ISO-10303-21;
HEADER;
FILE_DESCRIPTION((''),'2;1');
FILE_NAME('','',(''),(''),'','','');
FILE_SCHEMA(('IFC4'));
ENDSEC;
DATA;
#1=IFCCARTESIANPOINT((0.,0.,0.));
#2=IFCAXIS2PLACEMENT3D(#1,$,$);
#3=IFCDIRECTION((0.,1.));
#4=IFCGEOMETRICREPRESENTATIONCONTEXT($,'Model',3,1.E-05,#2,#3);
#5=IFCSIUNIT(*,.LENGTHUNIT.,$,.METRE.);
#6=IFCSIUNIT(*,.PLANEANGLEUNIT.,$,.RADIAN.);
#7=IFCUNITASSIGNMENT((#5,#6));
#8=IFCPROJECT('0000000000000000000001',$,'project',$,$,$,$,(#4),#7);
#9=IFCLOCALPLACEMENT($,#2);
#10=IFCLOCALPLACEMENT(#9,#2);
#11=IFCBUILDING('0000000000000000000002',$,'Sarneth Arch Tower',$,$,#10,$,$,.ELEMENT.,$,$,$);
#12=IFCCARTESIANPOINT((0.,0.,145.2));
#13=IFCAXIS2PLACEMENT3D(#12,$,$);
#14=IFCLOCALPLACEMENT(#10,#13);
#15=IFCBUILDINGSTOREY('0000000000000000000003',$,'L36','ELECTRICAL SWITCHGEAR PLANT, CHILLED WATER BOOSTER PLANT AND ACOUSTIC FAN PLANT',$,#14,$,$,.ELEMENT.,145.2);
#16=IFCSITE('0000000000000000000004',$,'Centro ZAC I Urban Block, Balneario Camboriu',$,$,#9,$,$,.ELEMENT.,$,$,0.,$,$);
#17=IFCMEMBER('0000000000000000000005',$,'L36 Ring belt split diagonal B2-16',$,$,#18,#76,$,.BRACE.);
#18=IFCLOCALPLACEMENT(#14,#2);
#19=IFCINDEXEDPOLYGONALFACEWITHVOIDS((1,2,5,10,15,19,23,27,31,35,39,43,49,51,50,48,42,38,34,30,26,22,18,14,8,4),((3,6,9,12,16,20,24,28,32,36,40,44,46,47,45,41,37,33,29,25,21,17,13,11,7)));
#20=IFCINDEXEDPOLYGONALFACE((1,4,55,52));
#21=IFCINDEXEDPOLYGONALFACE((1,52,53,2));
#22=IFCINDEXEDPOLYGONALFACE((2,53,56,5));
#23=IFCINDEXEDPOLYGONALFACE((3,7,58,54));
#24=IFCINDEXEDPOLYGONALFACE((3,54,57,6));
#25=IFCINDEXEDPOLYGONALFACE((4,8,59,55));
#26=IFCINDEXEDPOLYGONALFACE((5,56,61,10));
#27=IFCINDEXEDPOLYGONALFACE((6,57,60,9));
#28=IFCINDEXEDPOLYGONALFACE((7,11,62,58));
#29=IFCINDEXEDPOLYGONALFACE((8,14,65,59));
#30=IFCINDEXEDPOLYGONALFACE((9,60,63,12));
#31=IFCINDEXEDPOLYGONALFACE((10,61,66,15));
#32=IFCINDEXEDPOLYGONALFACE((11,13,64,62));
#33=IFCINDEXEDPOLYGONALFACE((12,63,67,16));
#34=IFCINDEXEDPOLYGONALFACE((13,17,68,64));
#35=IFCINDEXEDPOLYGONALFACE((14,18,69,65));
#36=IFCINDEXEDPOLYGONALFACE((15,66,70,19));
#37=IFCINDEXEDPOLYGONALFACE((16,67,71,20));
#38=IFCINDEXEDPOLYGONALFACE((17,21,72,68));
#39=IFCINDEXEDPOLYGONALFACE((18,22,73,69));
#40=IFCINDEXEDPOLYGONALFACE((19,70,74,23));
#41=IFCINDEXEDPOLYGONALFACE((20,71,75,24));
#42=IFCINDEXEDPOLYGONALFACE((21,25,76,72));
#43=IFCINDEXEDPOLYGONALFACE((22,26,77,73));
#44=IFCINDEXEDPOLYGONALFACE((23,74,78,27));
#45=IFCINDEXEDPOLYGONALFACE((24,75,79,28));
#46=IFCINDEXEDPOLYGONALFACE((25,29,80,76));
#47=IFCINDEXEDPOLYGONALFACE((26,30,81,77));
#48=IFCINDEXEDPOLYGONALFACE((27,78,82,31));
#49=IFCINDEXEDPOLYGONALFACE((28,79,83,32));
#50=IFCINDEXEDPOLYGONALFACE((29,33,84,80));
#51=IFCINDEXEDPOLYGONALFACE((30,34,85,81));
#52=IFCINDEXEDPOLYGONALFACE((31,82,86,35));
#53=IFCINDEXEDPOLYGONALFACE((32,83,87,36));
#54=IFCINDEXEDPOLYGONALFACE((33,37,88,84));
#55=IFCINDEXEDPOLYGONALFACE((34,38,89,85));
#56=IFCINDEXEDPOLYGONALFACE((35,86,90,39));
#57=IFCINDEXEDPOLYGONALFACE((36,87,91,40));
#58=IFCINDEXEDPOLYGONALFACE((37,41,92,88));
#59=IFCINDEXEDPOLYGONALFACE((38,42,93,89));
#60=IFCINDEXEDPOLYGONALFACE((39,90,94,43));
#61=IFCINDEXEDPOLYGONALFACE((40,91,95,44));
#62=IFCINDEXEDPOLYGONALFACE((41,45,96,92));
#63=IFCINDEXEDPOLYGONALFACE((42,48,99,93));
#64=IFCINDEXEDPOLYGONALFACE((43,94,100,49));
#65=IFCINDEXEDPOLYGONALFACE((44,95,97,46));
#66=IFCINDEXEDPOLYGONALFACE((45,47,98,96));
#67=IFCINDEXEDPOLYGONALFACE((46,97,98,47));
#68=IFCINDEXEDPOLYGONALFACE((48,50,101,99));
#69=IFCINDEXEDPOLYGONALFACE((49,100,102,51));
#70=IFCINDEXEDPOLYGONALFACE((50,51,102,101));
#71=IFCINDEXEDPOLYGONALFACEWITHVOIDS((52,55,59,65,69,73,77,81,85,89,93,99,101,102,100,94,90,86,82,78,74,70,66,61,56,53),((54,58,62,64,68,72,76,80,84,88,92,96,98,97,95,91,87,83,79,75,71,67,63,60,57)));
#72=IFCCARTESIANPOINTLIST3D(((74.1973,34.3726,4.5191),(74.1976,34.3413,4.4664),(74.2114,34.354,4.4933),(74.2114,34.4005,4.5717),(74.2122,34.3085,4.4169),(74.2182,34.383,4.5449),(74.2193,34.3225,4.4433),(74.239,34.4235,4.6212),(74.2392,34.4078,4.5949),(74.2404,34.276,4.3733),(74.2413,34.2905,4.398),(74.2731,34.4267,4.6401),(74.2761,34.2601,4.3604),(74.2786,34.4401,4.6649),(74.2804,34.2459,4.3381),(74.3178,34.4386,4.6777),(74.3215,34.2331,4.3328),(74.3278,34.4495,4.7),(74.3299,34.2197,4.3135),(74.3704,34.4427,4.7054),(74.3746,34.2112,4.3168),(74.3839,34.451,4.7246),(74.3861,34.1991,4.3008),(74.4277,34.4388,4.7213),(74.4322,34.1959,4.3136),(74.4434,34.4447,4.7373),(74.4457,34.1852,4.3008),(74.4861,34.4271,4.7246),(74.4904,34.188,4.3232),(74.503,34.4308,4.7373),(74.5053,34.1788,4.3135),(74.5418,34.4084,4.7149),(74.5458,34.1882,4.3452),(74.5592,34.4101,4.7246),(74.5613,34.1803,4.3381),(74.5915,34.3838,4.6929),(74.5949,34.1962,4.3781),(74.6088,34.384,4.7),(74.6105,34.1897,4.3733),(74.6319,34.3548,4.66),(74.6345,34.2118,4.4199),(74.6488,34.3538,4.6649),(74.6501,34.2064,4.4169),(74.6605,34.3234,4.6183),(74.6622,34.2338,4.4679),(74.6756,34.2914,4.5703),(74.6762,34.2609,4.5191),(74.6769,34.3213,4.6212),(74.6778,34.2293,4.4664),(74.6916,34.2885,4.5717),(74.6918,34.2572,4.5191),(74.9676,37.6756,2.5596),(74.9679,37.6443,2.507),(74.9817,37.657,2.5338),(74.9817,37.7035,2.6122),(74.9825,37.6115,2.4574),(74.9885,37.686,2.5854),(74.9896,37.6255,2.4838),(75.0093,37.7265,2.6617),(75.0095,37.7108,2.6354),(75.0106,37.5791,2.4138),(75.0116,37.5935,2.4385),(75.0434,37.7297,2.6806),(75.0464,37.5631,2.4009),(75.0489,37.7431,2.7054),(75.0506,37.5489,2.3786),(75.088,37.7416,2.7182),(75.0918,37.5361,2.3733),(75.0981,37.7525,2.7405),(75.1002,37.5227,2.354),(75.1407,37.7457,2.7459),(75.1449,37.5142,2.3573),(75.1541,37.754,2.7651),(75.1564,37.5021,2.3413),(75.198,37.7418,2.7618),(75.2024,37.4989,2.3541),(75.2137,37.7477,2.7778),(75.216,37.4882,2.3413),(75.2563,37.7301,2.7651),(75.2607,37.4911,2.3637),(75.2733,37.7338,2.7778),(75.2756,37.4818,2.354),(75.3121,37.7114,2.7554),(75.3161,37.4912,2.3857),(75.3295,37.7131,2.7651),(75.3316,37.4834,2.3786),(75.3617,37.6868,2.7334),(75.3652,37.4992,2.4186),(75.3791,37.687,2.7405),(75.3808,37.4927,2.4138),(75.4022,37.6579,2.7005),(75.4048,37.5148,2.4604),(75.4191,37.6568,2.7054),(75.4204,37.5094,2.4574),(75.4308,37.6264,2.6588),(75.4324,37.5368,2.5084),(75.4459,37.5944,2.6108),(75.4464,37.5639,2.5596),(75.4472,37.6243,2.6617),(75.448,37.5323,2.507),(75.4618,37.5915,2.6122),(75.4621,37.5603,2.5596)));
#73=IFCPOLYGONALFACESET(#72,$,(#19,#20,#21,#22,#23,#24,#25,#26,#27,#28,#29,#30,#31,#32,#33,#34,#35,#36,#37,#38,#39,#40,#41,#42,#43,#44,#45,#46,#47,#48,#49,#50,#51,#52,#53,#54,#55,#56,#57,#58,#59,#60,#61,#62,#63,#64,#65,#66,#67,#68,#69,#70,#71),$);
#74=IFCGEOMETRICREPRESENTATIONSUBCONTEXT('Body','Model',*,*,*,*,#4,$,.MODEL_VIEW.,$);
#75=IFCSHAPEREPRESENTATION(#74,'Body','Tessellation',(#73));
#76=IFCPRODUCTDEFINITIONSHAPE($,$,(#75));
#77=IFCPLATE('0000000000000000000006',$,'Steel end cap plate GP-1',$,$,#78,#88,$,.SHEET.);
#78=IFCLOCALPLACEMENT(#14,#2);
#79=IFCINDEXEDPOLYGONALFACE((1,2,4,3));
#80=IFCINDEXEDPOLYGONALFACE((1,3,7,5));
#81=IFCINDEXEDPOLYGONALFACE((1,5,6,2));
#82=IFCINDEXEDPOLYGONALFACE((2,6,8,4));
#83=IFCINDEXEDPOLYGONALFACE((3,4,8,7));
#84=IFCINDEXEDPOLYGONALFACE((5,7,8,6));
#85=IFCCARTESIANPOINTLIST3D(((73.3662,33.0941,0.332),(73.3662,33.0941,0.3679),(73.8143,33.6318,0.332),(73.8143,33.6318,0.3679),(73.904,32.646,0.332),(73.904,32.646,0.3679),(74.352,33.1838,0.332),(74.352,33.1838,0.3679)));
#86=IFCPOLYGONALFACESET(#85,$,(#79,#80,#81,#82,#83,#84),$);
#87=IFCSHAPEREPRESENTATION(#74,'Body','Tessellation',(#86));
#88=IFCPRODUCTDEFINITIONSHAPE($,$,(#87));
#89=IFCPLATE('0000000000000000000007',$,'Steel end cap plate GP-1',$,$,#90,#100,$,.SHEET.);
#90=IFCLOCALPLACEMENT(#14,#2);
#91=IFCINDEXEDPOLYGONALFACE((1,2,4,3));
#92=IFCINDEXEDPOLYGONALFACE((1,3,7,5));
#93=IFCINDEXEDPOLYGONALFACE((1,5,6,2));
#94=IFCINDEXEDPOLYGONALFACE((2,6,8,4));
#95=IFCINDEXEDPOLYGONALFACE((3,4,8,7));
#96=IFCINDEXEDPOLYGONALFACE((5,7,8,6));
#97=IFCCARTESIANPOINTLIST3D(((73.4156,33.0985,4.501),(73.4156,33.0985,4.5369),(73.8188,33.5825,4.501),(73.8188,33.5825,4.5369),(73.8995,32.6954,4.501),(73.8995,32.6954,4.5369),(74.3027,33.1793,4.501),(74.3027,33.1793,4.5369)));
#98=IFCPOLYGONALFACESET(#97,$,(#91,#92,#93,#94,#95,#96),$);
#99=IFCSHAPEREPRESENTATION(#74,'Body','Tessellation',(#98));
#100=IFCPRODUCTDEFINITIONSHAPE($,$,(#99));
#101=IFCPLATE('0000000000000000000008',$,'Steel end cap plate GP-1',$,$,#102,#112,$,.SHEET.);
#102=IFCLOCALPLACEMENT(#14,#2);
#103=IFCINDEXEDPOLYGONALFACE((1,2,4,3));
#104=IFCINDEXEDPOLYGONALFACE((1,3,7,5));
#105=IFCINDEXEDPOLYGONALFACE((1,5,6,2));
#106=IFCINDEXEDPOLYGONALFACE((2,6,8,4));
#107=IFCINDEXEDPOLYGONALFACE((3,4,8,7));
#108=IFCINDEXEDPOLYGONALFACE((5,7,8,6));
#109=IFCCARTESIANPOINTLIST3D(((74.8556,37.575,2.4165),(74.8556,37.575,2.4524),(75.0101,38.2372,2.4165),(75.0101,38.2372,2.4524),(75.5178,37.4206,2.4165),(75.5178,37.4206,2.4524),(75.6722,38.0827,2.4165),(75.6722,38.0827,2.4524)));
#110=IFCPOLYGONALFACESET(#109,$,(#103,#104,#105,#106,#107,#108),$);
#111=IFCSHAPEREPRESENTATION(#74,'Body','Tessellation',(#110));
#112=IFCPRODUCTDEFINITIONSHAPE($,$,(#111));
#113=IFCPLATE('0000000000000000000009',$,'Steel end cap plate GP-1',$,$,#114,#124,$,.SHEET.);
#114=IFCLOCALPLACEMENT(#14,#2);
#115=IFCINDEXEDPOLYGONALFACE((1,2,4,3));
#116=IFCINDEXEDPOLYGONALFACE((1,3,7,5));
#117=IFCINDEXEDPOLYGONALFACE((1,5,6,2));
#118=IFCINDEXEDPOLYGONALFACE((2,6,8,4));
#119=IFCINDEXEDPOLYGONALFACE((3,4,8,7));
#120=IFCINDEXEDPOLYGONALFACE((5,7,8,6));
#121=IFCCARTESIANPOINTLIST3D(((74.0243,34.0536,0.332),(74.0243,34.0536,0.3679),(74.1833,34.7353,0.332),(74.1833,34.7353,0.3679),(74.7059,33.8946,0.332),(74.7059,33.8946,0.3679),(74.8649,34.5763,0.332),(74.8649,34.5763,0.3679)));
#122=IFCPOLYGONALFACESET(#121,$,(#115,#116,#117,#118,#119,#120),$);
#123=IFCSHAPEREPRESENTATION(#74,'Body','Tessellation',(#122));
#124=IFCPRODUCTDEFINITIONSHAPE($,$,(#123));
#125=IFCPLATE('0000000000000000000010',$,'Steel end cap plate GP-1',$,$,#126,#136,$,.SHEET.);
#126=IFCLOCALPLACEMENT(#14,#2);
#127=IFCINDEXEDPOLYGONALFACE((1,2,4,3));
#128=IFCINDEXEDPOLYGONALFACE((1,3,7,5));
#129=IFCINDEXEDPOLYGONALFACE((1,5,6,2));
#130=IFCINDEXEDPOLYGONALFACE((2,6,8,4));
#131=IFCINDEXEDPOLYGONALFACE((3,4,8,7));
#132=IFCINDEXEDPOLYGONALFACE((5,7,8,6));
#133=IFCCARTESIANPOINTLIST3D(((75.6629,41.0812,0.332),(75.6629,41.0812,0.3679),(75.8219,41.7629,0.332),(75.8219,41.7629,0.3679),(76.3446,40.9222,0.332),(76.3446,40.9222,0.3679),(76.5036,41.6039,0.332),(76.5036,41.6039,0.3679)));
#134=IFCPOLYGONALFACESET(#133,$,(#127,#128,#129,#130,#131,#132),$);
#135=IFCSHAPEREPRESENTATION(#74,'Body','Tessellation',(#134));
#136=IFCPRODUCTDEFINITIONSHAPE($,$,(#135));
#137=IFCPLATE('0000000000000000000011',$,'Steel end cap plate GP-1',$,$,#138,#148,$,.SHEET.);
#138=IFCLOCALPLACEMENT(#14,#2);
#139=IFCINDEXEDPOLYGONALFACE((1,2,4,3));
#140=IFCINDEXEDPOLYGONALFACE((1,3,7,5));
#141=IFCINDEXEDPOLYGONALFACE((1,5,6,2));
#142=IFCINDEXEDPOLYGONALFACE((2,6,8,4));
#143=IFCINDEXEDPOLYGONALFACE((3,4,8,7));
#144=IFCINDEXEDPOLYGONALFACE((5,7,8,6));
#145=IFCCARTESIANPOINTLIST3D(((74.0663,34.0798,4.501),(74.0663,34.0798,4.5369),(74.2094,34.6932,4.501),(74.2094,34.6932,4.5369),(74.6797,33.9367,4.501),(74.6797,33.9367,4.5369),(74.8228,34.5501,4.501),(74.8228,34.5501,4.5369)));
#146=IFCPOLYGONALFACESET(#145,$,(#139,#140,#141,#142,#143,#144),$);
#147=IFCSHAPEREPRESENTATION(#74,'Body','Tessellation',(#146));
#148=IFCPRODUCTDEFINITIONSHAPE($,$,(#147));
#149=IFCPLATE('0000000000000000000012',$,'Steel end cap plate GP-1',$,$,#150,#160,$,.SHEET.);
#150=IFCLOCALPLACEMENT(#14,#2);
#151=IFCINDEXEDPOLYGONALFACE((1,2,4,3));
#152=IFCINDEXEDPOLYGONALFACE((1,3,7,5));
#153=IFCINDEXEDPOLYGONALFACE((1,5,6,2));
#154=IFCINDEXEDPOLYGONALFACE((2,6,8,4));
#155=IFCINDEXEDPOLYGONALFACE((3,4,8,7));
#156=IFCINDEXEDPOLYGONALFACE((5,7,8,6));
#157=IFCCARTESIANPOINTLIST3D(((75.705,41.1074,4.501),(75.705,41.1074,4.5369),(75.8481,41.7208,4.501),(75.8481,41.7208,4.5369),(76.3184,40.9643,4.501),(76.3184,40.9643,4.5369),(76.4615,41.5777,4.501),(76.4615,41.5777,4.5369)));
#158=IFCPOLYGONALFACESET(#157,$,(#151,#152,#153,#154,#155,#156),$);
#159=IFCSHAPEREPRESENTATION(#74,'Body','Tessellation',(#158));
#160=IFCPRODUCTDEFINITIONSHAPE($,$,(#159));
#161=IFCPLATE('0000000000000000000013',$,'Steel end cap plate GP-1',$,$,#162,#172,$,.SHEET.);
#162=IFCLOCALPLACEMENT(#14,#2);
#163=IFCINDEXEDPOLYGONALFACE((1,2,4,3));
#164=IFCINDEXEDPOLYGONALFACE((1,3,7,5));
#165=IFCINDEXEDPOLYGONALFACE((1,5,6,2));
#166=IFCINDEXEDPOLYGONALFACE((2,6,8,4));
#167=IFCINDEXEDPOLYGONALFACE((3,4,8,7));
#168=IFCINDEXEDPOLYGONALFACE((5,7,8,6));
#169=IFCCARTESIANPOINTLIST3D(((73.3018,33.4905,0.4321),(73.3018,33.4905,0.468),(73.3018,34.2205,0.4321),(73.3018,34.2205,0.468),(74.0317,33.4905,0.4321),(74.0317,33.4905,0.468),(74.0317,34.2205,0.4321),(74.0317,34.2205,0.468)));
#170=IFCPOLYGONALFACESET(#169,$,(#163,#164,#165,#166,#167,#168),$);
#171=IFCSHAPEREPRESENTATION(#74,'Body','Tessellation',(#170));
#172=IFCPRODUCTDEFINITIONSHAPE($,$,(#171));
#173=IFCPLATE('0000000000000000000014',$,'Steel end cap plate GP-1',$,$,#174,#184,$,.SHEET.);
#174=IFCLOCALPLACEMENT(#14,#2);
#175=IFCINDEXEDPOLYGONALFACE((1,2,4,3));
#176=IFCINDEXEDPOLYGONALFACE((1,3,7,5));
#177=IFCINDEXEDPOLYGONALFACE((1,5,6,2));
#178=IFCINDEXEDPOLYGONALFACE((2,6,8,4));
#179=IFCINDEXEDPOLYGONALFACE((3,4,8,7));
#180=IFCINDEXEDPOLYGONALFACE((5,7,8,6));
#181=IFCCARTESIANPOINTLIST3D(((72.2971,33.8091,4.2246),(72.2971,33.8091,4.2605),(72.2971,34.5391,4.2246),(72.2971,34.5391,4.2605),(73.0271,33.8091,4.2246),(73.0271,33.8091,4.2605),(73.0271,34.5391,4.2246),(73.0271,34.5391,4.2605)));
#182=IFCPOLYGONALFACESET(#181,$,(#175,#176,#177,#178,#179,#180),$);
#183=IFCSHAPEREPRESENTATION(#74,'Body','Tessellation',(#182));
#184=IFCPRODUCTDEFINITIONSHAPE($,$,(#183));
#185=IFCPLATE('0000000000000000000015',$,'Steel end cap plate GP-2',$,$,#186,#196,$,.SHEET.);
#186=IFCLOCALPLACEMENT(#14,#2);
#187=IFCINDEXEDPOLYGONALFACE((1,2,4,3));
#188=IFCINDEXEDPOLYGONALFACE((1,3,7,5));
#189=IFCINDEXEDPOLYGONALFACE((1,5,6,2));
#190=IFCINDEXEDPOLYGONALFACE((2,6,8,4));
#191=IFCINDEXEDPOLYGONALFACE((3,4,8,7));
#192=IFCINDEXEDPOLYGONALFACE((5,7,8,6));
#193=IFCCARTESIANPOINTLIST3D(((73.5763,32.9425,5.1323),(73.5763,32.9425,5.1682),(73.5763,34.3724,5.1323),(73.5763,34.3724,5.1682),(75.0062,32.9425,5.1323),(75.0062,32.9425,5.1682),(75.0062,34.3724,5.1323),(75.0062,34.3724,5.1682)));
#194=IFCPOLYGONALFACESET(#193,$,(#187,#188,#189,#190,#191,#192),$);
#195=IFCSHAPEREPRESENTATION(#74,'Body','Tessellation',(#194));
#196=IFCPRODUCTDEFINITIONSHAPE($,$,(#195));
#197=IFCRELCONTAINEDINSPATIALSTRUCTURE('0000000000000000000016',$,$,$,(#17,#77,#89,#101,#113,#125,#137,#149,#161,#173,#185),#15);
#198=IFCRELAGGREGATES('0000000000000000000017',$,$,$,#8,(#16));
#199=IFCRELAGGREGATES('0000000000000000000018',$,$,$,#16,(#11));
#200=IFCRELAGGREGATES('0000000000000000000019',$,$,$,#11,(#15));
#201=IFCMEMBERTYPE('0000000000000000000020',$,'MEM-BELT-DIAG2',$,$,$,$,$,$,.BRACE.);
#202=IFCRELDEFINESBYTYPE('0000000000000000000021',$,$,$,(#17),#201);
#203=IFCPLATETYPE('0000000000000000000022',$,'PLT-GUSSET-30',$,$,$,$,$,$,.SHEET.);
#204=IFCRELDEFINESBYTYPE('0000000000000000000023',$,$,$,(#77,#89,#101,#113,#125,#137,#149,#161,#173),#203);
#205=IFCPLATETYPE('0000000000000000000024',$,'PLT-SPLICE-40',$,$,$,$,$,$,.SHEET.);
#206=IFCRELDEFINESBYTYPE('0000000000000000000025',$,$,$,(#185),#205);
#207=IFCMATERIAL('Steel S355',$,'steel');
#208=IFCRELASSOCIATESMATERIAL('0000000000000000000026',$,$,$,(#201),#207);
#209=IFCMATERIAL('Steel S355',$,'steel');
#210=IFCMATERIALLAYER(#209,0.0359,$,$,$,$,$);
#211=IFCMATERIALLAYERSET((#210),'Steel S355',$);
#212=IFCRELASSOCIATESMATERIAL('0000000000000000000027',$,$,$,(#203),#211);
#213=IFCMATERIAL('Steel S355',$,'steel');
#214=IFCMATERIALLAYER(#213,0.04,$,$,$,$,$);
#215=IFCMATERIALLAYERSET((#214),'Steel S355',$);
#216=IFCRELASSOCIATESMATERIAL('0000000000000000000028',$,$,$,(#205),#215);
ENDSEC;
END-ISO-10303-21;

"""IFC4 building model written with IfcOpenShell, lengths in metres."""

from ifc_helpers import new_model, si_unit, direction, frame, origin, origin_2d, place, context, subcontext, project, spatial, rectangle, hollow_circle, extrude, material, layer, layer_set, material_profile, profile_set, type_object, element, save


model = new_model("IFC4")

# Units and contexts
model_context = context("Model", 3, precision=1e-05, world=origin(), true_north=direction((0.0, 1.0)))
body_context = subcontext(model_context, "Body", "Model", "MODEL_VIEW")
ifc_project = project(units=[si_unit("LENGTHUNIT", "METRE"), si_unit("PLANEANGLEUNIT", "RADIAN")], contexts=[model_context])

# Site, building, storey
site_placement = place(None, origin())
site = spatial("IfcSite", under=ifc_project, at=site_placement, Name="Centro ZAC I Urban Block, Balneario Camboriu", CompositionType="ELEMENT", RefElevation=0.0)
building_placement = place(site_placement, origin())
building = spatial("IfcBuilding", under=site, at=building_placement, Name="Sarneth Arch Tower", CompositionType="ELEMENT")
storey_placement = place(building_placement, frame((0.0, 0.0, 145.2)))
storey = spatial("IfcBuildingStorey", under=building, at=storey_placement, Name="L36", Description="ELECTRICAL SWITCHGEAR PLANT, CHILLED WATER BOOSTER PLANT AND ACOUSTIC FAN PLANT", CompositionType="ELEMENT", Elevation=145.2)

# Member
ifc_material_1 = material(Name="Steel S355", Category="steel")
ifc_material_profile_1 = material_profile(ifc_material_1, hollow_circle(Radius=0.2539, WallThickness=0.0161, at=origin_2d()), Name="CHS508x16")
ifc_profile_set_1 = profile_set([ifc_material_profile_1], Name="Steel S355")
member_type_1 = type_object("IfcMemberType", Name="MEM-BELT-DIAG2", PredefinedType="BRACE", material=ifc_profile_set_1)
for number, where, z_axis, x_axis, name in (
    (1, (75.2148, 37.6179, 2.5596), (-0.196649, -0.843252, 0.500255), (0.973869, -0.227109, 0.0), "L36 Ring belt split diagonal B2-16"),
):
    element("IfcMember", number, at=place(storey_placement, frame(where, z_axis=z_axis, x_axis=x_axis)), inside=storey, type_object=member_type_1, Name=name, PredefinedType="BRACE", context=body_context, shape_type="SweptSolid", body=[
        extrude(hollow_circle(Radius=0.2539, WallThickness=0.0161, at=origin_2d()), origin(), (0.0, 0.0, 1.0), 3.917),
    ])

# Plates
ifc_material_2 = material(Name="Steel S355", Category="steel")
ifc_layer_1 = layer(ifc_material_2, 0.0359)
ifc_layer_set_1 = layer_set([ifc_layer_1], Name="Steel S355")
plate_type_1 = type_object("IfcPlateType", Name="PLT-GUSSET-30", PredefinedType="SHEET", material=ifc_layer_set_1)
plate_1_placement = place(storey_placement, frame((73.8591, 33.1389, 0.332), z_axis=(0.0, 0.0, 1.0), x_axis=(0.64011, 0.768284, 0.0)))
element("IfcPlate", 2, at=plate_1_placement, inside=storey, type_object=plate_type_1, Name="Steel end cap plate GP-1", PredefinedType="SHEET", context=body_context, shape_type="SweptSolid", body=[
    extrude(rectangle(XDim=0.7, YDim=0.7, at=origin_2d()), origin(), (0.0, 0.0, 1.0), 0.0359),
])
plate_2_placement = place(storey_placement, frame((73.8591, 33.1389, 4.501), z_axis=(0.0, 0.0, 1.0), x_axis=(0.64011, 0.768284, 0.0)))
element("IfcPlate", 3, at=plate_2_placement, inside=storey, type_object=plate_type_1, Name="Steel end cap plate GP-1", PredefinedType="SHEET", context=body_context, shape_type="SweptSolid", body=[
    extrude(rectangle(XDim=0.6299, YDim=0.6299, at=origin_2d()), origin(), (0.0, 0.0, 1.0), 0.0359),
])
plate_3_placement = place(storey_placement, frame((75.2639, 37.8289, 2.4165), z_axis=(0.0, 0.0, 1.0), x_axis=(0.227161, 0.973857, 0.0)))
element("IfcPlate", 4, at=plate_3_placement, inside=storey, type_object=plate_type_1, Name="Steel end cap plate GP-1", PredefinedType="SHEET", context=body_context, shape_type="SweptSolid", body=[
    extrude(rectangle(XDim=0.6799, YDim=0.6799, at=origin_2d()), origin(), (0.0, 0.0, 1.0), 0.0359),
])
for number, where, z_axis, x_axis, name in (
    (5, (74.4446, 34.3149, 0.332), (0.0, 0.0, 1.0), (-0.227161, -0.973857, 0.0), "Steel end cap plate GP-1"),
    (6, (76.0833, 41.3425, 0.332), (0.0, 0.0, 1.0), (0.227161, 0.973857, 0.0), "Steel end cap plate GP-1"),
):
    element("IfcPlate", number, at=place(storey_placement, frame(where, z_axis=z_axis, x_axis=x_axis)), inside=storey, type_object=plate_type_1, Name=name, PredefinedType="SHEET", context=body_context, shape_type="SweptSolid", body=[
        extrude(rectangle(XDim=0.7, YDim=0.7, at=origin_2d()), origin(), (0.0, 0.0, 1.0), 0.0359),
    ])
for number, where, z_axis, x_axis, name in (
    (7, (74.4446, 34.3149, 4.501), (0.0, 0.0, 1.0), (-0.227161, -0.973857, 0.0), "Steel end cap plate GP-1"),
    (8, (76.0833, 41.3425, 4.501), (0.0, 0.0, 1.0), (0.227161, 0.973857, 0.0), "Steel end cap plate GP-1"),
):
    element("IfcPlate", number, at=place(storey_placement, frame(where, z_axis=z_axis, x_axis=x_axis)), inside=storey, type_object=plate_type_1, Name=name, PredefinedType="SHEET", context=body_context, shape_type="SweptSolid", body=[
        extrude(rectangle(XDim=0.6299, YDim=0.6299, at=origin_2d()), origin(), (0.0, 0.0, 1.0), 0.0359),
    ])
for number, where, z_axis, x_axis, name in (
    (9, (73.6667, 33.8555, 0.4321), (0.0, 0.0, 1.0), (1.0, 0.0, 0.0), "Steel end cap plate GP-1"),
    (10, (72.6621, 34.1741, 4.2246), (0.0, 0.0, 1.0), (1.0, 0.0, 0.0), "Steel end cap plate GP-1"),
):
    element("IfcPlate", number, at=place(storey_placement, frame(where, z_axis=z_axis, x_axis=x_axis)), inside=storey, type_object=plate_type_1, Name=name, PredefinedType="SHEET", context=body_context, shape_type="SweptSolid", body=[
        extrude(rectangle(XDim=0.73, YDim=0.73, at=origin_2d()), origin(), (0.0, 0.0, 1.0), 0.0359),
    ])
ifc_material_3 = material(Name="Steel S355", Category="steel")
ifc_layer_2 = layer(ifc_material_3, 0.04)
ifc_layer_set_2 = layer_set([ifc_layer_2], Name="Steel S355")
plate_type_2 = type_object("IfcPlateType", Name="PLT-SPLICE-40", PredefinedType="SHEET", material=ifc_layer_set_2)
plate_4_placement = place(storey_placement, frame((74.2913, 33.6575, 5.1323), z_axis=(0.0, 0.0, 1.0), x_axis=(1.0, 0.0, 0.0)))
element("IfcPlate", 11, at=plate_4_placement, inside=storey, type_object=plate_type_2, Name="Steel end cap plate GP-2", PredefinedType="SHEET", context=body_context, shape_type="SweptSolid", body=[
    extrude(rectangle(XDim=1.4299, YDim=1.4299, at=origin_2d()), origin(), (0.0, 0.0, 1.0), 0.0359),
])

save(model, "model.ifc")
